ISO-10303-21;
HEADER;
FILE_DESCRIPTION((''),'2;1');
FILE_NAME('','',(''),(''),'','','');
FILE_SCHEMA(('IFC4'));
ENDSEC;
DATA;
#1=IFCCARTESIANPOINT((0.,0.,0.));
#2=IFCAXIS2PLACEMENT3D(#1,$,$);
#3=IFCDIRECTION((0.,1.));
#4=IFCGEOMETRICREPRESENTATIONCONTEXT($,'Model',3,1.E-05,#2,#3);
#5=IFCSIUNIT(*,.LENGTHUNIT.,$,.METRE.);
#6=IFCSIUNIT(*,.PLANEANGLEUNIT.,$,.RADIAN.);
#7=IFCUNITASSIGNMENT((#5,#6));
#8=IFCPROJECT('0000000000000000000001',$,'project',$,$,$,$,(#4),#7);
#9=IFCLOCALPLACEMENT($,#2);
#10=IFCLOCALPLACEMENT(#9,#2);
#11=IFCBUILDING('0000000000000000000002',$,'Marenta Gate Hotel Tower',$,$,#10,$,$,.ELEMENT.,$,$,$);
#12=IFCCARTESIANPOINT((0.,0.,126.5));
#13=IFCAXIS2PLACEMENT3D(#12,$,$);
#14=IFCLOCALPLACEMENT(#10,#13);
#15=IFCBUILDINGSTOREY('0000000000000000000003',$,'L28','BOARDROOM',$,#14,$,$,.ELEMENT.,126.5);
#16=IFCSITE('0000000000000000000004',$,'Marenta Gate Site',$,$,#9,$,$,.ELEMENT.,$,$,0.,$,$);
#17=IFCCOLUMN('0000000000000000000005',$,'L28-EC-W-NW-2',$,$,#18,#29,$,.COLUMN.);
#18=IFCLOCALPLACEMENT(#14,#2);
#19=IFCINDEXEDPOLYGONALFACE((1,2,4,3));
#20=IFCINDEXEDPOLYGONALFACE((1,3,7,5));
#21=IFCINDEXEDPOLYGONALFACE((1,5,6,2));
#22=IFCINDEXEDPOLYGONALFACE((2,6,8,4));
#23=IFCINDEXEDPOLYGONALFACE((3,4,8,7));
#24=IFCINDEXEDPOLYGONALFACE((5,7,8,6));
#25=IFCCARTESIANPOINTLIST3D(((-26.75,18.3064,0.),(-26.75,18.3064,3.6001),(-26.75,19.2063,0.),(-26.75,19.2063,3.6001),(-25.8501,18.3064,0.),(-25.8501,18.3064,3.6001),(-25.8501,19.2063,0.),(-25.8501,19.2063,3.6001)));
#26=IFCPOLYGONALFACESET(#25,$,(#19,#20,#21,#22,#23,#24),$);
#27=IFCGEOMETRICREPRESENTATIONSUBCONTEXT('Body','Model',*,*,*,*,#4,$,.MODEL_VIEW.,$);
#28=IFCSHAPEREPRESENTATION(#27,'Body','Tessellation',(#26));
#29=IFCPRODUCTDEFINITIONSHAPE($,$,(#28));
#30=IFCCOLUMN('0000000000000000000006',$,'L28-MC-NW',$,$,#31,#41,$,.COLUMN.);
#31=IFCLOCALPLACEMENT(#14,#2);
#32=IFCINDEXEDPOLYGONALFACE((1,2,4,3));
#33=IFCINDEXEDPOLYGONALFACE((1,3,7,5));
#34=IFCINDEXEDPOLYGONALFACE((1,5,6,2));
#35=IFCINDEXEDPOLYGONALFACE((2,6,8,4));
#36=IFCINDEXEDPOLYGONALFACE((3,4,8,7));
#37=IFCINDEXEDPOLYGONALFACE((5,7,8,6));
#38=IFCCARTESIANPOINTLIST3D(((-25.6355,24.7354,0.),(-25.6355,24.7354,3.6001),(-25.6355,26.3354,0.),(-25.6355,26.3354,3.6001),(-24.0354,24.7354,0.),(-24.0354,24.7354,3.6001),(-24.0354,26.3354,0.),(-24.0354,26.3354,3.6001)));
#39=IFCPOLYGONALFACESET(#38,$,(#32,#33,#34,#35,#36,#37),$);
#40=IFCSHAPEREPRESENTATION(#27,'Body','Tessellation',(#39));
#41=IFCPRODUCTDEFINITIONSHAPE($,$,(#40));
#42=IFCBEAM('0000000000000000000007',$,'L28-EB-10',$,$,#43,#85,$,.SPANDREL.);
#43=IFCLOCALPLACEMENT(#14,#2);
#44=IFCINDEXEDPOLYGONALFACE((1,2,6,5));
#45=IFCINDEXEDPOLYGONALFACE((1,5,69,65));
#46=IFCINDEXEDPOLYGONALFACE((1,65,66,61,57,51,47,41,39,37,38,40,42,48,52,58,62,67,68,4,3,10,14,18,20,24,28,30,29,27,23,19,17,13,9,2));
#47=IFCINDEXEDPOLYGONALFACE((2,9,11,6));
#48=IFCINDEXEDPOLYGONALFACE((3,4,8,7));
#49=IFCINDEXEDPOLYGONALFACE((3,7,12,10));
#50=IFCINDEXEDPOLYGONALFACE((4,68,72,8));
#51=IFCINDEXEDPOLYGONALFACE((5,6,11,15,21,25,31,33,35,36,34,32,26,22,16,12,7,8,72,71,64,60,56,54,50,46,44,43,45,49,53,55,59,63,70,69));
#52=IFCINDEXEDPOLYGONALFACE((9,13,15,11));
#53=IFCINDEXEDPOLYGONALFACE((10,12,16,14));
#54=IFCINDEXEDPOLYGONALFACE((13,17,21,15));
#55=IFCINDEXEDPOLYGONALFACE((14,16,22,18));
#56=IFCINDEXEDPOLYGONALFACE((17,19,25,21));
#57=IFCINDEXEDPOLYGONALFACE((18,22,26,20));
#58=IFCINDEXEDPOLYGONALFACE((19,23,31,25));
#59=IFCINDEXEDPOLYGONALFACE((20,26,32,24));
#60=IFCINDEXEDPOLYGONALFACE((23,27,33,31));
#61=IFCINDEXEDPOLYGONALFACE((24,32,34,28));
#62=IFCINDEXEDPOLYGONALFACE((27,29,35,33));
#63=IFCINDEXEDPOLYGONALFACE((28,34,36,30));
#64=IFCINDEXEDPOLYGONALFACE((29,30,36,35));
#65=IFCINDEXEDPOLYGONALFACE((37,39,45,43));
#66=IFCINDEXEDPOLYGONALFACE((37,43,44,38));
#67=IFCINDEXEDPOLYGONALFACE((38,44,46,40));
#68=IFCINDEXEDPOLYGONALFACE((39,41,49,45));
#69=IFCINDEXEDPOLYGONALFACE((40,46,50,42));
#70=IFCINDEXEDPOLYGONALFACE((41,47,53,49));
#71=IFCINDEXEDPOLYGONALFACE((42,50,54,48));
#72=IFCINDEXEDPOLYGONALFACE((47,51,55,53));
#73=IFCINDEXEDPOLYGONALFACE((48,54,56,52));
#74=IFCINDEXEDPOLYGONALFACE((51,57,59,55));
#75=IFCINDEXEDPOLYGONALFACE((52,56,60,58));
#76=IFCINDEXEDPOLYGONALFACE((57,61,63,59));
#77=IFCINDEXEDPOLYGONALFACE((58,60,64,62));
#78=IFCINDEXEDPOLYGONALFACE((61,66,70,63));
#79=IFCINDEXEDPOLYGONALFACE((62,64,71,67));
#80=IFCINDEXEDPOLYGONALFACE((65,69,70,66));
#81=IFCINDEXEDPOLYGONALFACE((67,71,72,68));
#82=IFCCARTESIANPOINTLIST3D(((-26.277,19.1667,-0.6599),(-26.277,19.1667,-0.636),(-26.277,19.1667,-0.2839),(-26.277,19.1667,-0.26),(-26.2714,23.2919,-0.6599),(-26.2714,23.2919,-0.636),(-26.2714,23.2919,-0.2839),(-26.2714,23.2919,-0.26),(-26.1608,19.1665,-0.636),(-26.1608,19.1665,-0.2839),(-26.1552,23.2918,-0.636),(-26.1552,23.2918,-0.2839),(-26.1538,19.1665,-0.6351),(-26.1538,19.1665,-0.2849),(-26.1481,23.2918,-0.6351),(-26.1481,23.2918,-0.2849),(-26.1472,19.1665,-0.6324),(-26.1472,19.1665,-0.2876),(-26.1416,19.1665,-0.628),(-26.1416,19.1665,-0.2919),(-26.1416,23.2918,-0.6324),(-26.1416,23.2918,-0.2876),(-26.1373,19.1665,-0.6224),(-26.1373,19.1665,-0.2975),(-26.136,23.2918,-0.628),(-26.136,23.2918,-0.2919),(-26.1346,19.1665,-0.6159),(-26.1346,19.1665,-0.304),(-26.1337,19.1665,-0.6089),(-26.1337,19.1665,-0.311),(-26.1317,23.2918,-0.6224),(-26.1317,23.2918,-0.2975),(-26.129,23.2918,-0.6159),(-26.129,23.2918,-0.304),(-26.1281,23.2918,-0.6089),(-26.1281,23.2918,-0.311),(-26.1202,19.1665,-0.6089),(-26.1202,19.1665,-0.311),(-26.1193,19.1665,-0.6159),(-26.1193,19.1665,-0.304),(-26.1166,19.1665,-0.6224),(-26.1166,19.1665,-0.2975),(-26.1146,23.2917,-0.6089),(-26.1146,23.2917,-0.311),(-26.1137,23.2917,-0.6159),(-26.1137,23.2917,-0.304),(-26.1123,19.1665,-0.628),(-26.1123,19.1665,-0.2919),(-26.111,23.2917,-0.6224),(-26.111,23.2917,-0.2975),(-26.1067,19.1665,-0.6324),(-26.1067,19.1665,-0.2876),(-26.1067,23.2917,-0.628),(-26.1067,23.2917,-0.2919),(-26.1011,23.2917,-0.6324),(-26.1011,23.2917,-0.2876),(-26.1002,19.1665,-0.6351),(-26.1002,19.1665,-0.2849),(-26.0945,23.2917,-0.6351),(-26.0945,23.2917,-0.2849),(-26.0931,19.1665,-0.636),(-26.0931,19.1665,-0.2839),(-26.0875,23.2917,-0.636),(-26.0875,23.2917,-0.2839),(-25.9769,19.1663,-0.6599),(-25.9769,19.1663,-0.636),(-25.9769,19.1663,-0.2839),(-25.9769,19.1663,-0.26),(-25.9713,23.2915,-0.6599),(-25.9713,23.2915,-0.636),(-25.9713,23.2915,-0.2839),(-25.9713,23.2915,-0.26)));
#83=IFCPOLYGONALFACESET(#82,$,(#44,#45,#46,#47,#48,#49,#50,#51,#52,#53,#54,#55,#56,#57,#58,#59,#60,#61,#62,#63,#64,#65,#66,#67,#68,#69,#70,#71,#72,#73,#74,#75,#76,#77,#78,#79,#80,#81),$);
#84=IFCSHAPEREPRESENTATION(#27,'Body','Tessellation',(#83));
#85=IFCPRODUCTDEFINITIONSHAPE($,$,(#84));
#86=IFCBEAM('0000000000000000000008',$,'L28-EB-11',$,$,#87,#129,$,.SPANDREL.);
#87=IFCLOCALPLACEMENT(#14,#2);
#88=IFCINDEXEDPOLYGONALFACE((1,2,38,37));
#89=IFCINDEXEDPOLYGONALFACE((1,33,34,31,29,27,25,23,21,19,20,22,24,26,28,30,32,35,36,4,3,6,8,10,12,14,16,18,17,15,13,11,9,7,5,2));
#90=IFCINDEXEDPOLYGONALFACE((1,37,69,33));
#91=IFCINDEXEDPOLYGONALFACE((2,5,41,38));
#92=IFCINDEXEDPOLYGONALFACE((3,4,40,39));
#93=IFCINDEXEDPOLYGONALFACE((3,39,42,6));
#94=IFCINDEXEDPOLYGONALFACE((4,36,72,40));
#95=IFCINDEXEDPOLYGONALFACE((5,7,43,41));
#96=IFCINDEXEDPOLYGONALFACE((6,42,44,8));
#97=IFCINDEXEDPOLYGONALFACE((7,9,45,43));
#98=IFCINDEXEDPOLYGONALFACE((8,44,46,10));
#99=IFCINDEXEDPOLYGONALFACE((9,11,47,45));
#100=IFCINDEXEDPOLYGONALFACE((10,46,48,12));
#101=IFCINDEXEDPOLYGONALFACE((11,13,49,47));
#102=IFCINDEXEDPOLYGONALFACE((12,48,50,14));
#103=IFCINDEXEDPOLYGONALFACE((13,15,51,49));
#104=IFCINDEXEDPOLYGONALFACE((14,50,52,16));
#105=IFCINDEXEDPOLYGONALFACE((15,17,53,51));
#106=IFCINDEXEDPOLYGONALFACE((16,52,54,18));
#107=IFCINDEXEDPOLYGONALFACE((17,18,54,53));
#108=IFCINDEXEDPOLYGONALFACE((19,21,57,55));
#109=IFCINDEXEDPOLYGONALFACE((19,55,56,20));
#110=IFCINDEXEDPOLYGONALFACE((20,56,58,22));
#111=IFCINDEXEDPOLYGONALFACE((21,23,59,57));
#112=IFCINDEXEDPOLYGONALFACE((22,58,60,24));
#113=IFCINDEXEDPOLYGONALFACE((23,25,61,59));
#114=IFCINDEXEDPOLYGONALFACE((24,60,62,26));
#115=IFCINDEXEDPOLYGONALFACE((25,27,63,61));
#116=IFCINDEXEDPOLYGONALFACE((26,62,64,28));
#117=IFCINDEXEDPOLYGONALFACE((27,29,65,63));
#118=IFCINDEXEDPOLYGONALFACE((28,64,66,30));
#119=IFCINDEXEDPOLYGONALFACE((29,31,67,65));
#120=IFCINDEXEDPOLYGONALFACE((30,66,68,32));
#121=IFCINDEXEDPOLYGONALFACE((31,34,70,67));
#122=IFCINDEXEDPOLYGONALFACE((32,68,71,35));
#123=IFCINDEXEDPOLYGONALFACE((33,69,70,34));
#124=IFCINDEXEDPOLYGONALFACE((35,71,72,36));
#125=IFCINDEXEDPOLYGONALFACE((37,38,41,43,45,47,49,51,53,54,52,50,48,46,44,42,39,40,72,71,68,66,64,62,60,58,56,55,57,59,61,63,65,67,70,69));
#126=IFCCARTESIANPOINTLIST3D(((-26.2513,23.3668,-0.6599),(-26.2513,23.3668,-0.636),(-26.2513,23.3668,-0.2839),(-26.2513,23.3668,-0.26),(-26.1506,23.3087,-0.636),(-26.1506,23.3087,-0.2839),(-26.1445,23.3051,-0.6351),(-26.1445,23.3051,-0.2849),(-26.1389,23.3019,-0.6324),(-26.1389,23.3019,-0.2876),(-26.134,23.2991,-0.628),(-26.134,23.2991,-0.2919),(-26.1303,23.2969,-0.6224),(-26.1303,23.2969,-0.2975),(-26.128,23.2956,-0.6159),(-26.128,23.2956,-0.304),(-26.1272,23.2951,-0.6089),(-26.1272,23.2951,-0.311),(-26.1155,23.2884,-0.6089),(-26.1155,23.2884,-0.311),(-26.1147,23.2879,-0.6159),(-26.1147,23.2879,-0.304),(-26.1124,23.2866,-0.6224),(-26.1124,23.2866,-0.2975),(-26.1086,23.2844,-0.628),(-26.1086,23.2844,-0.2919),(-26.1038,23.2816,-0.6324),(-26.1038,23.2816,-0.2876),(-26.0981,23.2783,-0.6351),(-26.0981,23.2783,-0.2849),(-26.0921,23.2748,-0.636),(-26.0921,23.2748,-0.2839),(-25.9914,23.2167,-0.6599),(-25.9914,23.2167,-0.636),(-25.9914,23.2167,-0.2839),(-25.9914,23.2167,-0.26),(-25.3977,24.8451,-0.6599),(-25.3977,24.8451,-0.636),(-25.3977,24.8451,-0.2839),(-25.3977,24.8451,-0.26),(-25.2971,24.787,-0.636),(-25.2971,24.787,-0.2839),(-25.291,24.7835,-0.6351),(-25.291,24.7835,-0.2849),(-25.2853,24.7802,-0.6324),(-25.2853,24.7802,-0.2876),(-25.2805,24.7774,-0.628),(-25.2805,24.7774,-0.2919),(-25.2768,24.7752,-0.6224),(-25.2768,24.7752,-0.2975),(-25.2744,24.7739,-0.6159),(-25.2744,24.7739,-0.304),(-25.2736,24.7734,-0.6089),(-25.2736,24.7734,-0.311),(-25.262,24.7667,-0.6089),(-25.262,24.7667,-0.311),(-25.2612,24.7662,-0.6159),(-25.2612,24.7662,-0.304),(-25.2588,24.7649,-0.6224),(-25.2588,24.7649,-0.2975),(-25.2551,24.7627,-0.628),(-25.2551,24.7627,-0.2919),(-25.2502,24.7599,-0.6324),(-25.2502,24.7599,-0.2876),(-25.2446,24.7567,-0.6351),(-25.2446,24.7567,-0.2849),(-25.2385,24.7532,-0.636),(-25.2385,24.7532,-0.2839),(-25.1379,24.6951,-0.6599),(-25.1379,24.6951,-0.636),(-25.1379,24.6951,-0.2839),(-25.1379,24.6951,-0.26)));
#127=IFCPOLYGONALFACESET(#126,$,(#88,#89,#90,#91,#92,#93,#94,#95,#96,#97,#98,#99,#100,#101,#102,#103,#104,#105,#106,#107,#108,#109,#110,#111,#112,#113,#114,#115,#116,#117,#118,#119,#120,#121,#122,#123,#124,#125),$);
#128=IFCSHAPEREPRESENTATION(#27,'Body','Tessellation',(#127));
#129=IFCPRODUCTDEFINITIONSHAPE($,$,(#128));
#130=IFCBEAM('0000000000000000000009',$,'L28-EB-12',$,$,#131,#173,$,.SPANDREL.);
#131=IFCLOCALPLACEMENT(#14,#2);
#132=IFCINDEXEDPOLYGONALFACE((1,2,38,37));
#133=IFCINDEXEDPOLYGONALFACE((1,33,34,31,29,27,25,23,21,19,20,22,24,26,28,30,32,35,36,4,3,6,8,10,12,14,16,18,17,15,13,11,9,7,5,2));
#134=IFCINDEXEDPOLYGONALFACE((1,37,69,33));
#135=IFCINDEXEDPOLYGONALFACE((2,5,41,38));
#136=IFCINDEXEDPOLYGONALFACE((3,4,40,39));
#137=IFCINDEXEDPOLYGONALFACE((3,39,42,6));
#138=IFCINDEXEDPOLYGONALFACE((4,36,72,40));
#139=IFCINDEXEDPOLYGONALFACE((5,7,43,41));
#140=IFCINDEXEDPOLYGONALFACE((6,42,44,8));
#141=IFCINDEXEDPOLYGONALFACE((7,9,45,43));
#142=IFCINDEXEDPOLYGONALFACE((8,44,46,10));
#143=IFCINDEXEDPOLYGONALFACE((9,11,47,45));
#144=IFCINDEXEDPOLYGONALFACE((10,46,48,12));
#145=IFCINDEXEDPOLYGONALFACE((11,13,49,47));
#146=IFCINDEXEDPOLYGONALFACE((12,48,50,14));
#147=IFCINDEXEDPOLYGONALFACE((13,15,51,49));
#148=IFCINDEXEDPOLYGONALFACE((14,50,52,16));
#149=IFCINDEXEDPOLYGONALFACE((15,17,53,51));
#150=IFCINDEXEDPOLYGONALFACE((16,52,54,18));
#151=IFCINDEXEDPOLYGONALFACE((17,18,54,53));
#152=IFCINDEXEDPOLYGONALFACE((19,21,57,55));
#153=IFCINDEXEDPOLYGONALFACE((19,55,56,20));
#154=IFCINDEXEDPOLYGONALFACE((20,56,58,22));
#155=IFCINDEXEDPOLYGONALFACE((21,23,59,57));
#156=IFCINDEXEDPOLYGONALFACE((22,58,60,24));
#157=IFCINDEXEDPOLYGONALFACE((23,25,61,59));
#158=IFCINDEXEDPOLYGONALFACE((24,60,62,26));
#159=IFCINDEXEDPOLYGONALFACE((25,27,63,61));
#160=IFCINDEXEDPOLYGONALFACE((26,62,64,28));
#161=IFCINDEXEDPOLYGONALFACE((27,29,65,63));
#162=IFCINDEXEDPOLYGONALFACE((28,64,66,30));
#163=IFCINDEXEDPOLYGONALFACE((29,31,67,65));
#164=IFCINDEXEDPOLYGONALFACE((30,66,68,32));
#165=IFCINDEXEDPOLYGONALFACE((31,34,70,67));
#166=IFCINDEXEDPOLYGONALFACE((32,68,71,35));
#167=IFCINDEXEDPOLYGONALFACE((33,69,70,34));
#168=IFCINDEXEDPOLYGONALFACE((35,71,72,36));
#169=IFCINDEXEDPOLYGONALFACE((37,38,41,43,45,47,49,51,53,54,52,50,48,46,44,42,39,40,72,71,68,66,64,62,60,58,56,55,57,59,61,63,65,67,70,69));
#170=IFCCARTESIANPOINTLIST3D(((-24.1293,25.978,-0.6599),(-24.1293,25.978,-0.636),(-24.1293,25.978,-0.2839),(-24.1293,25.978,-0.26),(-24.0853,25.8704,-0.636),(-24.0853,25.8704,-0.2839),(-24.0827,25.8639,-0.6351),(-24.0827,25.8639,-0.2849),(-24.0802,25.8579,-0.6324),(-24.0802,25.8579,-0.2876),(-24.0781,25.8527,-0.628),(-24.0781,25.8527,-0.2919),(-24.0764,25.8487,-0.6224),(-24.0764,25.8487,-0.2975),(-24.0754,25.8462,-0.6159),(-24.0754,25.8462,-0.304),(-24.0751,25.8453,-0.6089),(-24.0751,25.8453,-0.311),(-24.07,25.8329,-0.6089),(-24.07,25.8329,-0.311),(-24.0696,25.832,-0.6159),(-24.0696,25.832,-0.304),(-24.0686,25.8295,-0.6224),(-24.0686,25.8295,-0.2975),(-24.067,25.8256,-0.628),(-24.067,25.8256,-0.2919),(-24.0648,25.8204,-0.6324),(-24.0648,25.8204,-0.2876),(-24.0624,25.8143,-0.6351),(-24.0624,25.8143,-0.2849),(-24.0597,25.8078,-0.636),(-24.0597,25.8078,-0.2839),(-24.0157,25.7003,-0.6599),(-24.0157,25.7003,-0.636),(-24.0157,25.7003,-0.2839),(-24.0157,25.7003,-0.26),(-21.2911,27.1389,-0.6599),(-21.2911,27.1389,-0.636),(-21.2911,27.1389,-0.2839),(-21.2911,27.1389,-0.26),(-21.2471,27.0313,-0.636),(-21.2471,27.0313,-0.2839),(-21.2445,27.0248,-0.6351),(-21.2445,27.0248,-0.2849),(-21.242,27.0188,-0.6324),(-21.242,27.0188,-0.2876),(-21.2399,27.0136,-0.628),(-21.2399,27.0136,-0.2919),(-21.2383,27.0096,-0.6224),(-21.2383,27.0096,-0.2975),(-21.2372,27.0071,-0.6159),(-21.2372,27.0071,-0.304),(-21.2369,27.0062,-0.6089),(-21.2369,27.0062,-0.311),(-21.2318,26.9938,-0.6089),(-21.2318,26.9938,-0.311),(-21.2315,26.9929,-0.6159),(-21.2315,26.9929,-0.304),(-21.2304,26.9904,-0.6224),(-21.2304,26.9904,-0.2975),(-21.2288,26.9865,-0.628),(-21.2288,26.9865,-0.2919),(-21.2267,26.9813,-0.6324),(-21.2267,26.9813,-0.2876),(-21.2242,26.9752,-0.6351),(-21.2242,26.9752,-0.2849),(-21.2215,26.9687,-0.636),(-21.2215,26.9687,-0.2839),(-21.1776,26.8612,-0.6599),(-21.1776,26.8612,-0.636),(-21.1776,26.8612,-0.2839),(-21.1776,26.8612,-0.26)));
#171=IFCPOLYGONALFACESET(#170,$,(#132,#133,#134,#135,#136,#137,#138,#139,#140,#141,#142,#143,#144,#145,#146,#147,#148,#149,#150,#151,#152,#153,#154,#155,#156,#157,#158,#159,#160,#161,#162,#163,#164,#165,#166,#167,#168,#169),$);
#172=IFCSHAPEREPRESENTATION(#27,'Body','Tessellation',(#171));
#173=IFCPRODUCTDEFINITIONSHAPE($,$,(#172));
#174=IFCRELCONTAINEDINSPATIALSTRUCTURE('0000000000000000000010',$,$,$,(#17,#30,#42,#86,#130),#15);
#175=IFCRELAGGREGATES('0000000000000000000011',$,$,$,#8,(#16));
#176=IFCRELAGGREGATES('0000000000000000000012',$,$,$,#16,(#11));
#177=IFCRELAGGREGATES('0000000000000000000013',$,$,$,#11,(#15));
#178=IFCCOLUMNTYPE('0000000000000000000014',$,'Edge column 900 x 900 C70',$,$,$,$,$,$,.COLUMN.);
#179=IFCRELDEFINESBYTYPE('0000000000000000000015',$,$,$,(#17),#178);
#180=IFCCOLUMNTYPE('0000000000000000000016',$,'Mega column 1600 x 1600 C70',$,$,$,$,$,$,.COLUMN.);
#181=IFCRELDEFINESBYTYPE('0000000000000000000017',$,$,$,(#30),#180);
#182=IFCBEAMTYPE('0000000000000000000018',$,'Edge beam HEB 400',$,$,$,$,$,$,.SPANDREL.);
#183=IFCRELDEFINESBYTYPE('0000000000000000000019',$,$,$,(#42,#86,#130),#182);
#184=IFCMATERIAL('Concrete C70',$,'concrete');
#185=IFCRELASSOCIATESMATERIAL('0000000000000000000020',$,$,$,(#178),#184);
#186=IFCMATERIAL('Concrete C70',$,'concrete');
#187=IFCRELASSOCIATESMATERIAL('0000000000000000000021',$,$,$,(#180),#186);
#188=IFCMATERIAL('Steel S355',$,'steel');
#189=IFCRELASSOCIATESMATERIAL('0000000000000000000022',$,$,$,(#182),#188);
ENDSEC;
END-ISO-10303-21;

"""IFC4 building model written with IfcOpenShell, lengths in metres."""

from ifc_helpers import new_model, si_unit, direction, frame, origin, origin_2d, place, context, subcontext, project, spatial, rectangle, i_section, extrude, material, material_profile, profile_set, type_object, element, save


model = new_model("IFC4")

# Units and contexts
model_context = context("Model", 3, precision=1e-05, world=origin(), true_north=direction((0.0, 1.0)))
body_context = subcontext(model_context, "Body", "Model", "MODEL_VIEW")
ifc_project = project(units=[si_unit("LENGTHUNIT", "METRE"), si_unit("PLANEANGLEUNIT", "RADIAN")], contexts=[model_context])

# Site, building, storey
site_placement = place(None, origin())
site = spatial("IfcSite", under=ifc_project, at=site_placement, Name="Marenta Gate Site", CompositionType="ELEMENT", RefElevation=0.0)
building_placement = place(site_placement, origin())
building = spatial("IfcBuilding", under=site, at=building_placement, Name="Marenta Gate Hotel Tower", CompositionType="ELEMENT")
storey_placement = place(building_placement, frame((0.0, 0.0, 126.5)))
storey = spatial("IfcBuildingStorey", under=building, at=storey_placement, Name="L28", Description="BOARDROOM", CompositionType="ELEMENT", Elevation=126.5)

# Columns
ifc_material_1 = material(Name="Concrete C70", Category="concrete")
ifc_material_profile_1 = material_profile(ifc_material_1, rectangle(XDim=0.8999, YDim=0.8999, at=origin_2d()), Name="900 x 900")
ifc_profile_set_1 = profile_set([ifc_material_profile_1], Name="Concrete C70")
column_type_1 = type_object("IfcColumnType", Name="Edge column 900 x 900 C70", PredefinedType="COLUMN", material=ifc_profile_set_1)
column_1_placement = place(storey_placement, frame((-26.3, 18.7563, 0.0), z_axis=(0.0, 0.0, 1.0), x_axis=(1.0, 0.0, 0.0)))
element("IfcColumn", 1, at=column_1_placement, inside=storey, type_object=column_type_1, Name="L28-EC-W-NW-2", PredefinedType="COLUMN", context=body_context, shape_type="SweptSolid", body=[
    extrude(rectangle(XDim=0.8999, YDim=0.8999, at=origin_2d()), origin(), (0.0, 0.0, 1.0), 3.6001),
])
ifc_material_2 = material(Name="Concrete C70", Category="concrete")
ifc_material_profile_2 = material_profile(ifc_material_2, rectangle(XDim=1.6001, YDim=1.6001, at=origin_2d()), Name="1600 x 1600")
ifc_profile_set_2 = profile_set([ifc_material_profile_2], Name="Concrete C70")
column_type_2 = type_object("IfcColumnType", Name="Mega column 1600 x 1600 C70", PredefinedType="COLUMN", material=ifc_profile_set_2)
column_2_placement = place(storey_placement, frame((-24.8354, 25.5354, 0.0), z_axis=(0.0, 0.0, 1.0), x_axis=(1.0, 0.0, 0.0)))
element("IfcColumn", 2, at=column_2_placement, inside=storey, type_object=column_type_2, Name="L28-MC-NW", PredefinedType="COLUMN", context=body_context, shape_type="SweptSolid", body=[
    extrude(rectangle(XDim=1.6001, YDim=1.6001, at=origin_2d()), origin(), (0.0, 0.0, 1.0), 3.6001),
])

# Beams
ifc_material_3 = material(Name="Steel S355", Category="steel")
ifc_material_profile_3 = material_profile(ifc_material_3, i_section(OverallWidth=0.3, OverallDepth=0.3999, WebThickness=0.0134, FlangeThickness=0.0239, FilletRadius=0.0271, at=origin_2d()), Name="HEB 400")
ifc_profile_set_3 = profile_set([ifc_material_profile_3], Name="Steel S355")
beam_type_1 = type_object("IfcBeamType", Name="Edge beam HEB 400", PredefinedType="SPANDREL", material=ifc_profile_set_3)
beam_1_placement = place(storey_placement, frame((-26.127, 19.1665, -0.46), z_axis=(0.001361, 0.999999, 0.0), x_axis=(-0.999999, 0.001361, 0.0)))
element("IfcBeam", 3, at=beam_1_placement, inside=storey, type_object=beam_type_1, Name="L28-EB-10", PredefinedType="SPANDREL", context=body_context, shape_type="SweptSolid", body=[
    extrude(i_section(OverallWidth=0.3, OverallDepth=0.3999, WebThickness=0.0134, FlangeThickness=0.0239, FilletRadius=0.0271, at=origin_2d()), origin(), (0.0, 0.0, 1.0), 4.1252),
])
beam_2_placement = place(storey_placement, frame((-26.1213, 23.2917, -0.46), z_axis=(0.500015, 0.866016, 0.0), x_axis=(-0.866016, 0.500015, 0.0)))
element("IfcBeam", 4, at=beam_2_placement, inside=storey, type_object=beam_type_1, Name="L28-EB-11", PredefinedType="SPANDREL", context=body_context, shape_type="SweptSolid", body=[
    extrude(i_section(OverallWidth=0.3, OverallDepth=0.3999, WebThickness=0.0134, FlangeThickness=0.0239, FilletRadius=0.0271, at=origin_2d()), origin(), (0.0, 0.0, 1.0), 1.707),
])
beam_3_placement = place(storey_placement, frame((-24.0725, 25.8391, -0.46), z_axis=(0.925566, 0.378586, 0.0), x_axis=(-0.378586, 0.925566, 0.0)))
element("IfcBeam", 5, at=beam_3_placement, inside=storey, type_object=beam_type_1, Name="L28-EB-12", PredefinedType="SPANDREL", context=body_context, shape_type="SweptSolid", body=[
    extrude(i_section(OverallWidth=0.3, OverallDepth=0.3999, WebThickness=0.0134, FlangeThickness=0.0239, FilletRadius=0.0271, at=origin_2d()), origin(), (0.0, 0.0, 1.0), 3.0664),
])

save(model, "model.ifc")
